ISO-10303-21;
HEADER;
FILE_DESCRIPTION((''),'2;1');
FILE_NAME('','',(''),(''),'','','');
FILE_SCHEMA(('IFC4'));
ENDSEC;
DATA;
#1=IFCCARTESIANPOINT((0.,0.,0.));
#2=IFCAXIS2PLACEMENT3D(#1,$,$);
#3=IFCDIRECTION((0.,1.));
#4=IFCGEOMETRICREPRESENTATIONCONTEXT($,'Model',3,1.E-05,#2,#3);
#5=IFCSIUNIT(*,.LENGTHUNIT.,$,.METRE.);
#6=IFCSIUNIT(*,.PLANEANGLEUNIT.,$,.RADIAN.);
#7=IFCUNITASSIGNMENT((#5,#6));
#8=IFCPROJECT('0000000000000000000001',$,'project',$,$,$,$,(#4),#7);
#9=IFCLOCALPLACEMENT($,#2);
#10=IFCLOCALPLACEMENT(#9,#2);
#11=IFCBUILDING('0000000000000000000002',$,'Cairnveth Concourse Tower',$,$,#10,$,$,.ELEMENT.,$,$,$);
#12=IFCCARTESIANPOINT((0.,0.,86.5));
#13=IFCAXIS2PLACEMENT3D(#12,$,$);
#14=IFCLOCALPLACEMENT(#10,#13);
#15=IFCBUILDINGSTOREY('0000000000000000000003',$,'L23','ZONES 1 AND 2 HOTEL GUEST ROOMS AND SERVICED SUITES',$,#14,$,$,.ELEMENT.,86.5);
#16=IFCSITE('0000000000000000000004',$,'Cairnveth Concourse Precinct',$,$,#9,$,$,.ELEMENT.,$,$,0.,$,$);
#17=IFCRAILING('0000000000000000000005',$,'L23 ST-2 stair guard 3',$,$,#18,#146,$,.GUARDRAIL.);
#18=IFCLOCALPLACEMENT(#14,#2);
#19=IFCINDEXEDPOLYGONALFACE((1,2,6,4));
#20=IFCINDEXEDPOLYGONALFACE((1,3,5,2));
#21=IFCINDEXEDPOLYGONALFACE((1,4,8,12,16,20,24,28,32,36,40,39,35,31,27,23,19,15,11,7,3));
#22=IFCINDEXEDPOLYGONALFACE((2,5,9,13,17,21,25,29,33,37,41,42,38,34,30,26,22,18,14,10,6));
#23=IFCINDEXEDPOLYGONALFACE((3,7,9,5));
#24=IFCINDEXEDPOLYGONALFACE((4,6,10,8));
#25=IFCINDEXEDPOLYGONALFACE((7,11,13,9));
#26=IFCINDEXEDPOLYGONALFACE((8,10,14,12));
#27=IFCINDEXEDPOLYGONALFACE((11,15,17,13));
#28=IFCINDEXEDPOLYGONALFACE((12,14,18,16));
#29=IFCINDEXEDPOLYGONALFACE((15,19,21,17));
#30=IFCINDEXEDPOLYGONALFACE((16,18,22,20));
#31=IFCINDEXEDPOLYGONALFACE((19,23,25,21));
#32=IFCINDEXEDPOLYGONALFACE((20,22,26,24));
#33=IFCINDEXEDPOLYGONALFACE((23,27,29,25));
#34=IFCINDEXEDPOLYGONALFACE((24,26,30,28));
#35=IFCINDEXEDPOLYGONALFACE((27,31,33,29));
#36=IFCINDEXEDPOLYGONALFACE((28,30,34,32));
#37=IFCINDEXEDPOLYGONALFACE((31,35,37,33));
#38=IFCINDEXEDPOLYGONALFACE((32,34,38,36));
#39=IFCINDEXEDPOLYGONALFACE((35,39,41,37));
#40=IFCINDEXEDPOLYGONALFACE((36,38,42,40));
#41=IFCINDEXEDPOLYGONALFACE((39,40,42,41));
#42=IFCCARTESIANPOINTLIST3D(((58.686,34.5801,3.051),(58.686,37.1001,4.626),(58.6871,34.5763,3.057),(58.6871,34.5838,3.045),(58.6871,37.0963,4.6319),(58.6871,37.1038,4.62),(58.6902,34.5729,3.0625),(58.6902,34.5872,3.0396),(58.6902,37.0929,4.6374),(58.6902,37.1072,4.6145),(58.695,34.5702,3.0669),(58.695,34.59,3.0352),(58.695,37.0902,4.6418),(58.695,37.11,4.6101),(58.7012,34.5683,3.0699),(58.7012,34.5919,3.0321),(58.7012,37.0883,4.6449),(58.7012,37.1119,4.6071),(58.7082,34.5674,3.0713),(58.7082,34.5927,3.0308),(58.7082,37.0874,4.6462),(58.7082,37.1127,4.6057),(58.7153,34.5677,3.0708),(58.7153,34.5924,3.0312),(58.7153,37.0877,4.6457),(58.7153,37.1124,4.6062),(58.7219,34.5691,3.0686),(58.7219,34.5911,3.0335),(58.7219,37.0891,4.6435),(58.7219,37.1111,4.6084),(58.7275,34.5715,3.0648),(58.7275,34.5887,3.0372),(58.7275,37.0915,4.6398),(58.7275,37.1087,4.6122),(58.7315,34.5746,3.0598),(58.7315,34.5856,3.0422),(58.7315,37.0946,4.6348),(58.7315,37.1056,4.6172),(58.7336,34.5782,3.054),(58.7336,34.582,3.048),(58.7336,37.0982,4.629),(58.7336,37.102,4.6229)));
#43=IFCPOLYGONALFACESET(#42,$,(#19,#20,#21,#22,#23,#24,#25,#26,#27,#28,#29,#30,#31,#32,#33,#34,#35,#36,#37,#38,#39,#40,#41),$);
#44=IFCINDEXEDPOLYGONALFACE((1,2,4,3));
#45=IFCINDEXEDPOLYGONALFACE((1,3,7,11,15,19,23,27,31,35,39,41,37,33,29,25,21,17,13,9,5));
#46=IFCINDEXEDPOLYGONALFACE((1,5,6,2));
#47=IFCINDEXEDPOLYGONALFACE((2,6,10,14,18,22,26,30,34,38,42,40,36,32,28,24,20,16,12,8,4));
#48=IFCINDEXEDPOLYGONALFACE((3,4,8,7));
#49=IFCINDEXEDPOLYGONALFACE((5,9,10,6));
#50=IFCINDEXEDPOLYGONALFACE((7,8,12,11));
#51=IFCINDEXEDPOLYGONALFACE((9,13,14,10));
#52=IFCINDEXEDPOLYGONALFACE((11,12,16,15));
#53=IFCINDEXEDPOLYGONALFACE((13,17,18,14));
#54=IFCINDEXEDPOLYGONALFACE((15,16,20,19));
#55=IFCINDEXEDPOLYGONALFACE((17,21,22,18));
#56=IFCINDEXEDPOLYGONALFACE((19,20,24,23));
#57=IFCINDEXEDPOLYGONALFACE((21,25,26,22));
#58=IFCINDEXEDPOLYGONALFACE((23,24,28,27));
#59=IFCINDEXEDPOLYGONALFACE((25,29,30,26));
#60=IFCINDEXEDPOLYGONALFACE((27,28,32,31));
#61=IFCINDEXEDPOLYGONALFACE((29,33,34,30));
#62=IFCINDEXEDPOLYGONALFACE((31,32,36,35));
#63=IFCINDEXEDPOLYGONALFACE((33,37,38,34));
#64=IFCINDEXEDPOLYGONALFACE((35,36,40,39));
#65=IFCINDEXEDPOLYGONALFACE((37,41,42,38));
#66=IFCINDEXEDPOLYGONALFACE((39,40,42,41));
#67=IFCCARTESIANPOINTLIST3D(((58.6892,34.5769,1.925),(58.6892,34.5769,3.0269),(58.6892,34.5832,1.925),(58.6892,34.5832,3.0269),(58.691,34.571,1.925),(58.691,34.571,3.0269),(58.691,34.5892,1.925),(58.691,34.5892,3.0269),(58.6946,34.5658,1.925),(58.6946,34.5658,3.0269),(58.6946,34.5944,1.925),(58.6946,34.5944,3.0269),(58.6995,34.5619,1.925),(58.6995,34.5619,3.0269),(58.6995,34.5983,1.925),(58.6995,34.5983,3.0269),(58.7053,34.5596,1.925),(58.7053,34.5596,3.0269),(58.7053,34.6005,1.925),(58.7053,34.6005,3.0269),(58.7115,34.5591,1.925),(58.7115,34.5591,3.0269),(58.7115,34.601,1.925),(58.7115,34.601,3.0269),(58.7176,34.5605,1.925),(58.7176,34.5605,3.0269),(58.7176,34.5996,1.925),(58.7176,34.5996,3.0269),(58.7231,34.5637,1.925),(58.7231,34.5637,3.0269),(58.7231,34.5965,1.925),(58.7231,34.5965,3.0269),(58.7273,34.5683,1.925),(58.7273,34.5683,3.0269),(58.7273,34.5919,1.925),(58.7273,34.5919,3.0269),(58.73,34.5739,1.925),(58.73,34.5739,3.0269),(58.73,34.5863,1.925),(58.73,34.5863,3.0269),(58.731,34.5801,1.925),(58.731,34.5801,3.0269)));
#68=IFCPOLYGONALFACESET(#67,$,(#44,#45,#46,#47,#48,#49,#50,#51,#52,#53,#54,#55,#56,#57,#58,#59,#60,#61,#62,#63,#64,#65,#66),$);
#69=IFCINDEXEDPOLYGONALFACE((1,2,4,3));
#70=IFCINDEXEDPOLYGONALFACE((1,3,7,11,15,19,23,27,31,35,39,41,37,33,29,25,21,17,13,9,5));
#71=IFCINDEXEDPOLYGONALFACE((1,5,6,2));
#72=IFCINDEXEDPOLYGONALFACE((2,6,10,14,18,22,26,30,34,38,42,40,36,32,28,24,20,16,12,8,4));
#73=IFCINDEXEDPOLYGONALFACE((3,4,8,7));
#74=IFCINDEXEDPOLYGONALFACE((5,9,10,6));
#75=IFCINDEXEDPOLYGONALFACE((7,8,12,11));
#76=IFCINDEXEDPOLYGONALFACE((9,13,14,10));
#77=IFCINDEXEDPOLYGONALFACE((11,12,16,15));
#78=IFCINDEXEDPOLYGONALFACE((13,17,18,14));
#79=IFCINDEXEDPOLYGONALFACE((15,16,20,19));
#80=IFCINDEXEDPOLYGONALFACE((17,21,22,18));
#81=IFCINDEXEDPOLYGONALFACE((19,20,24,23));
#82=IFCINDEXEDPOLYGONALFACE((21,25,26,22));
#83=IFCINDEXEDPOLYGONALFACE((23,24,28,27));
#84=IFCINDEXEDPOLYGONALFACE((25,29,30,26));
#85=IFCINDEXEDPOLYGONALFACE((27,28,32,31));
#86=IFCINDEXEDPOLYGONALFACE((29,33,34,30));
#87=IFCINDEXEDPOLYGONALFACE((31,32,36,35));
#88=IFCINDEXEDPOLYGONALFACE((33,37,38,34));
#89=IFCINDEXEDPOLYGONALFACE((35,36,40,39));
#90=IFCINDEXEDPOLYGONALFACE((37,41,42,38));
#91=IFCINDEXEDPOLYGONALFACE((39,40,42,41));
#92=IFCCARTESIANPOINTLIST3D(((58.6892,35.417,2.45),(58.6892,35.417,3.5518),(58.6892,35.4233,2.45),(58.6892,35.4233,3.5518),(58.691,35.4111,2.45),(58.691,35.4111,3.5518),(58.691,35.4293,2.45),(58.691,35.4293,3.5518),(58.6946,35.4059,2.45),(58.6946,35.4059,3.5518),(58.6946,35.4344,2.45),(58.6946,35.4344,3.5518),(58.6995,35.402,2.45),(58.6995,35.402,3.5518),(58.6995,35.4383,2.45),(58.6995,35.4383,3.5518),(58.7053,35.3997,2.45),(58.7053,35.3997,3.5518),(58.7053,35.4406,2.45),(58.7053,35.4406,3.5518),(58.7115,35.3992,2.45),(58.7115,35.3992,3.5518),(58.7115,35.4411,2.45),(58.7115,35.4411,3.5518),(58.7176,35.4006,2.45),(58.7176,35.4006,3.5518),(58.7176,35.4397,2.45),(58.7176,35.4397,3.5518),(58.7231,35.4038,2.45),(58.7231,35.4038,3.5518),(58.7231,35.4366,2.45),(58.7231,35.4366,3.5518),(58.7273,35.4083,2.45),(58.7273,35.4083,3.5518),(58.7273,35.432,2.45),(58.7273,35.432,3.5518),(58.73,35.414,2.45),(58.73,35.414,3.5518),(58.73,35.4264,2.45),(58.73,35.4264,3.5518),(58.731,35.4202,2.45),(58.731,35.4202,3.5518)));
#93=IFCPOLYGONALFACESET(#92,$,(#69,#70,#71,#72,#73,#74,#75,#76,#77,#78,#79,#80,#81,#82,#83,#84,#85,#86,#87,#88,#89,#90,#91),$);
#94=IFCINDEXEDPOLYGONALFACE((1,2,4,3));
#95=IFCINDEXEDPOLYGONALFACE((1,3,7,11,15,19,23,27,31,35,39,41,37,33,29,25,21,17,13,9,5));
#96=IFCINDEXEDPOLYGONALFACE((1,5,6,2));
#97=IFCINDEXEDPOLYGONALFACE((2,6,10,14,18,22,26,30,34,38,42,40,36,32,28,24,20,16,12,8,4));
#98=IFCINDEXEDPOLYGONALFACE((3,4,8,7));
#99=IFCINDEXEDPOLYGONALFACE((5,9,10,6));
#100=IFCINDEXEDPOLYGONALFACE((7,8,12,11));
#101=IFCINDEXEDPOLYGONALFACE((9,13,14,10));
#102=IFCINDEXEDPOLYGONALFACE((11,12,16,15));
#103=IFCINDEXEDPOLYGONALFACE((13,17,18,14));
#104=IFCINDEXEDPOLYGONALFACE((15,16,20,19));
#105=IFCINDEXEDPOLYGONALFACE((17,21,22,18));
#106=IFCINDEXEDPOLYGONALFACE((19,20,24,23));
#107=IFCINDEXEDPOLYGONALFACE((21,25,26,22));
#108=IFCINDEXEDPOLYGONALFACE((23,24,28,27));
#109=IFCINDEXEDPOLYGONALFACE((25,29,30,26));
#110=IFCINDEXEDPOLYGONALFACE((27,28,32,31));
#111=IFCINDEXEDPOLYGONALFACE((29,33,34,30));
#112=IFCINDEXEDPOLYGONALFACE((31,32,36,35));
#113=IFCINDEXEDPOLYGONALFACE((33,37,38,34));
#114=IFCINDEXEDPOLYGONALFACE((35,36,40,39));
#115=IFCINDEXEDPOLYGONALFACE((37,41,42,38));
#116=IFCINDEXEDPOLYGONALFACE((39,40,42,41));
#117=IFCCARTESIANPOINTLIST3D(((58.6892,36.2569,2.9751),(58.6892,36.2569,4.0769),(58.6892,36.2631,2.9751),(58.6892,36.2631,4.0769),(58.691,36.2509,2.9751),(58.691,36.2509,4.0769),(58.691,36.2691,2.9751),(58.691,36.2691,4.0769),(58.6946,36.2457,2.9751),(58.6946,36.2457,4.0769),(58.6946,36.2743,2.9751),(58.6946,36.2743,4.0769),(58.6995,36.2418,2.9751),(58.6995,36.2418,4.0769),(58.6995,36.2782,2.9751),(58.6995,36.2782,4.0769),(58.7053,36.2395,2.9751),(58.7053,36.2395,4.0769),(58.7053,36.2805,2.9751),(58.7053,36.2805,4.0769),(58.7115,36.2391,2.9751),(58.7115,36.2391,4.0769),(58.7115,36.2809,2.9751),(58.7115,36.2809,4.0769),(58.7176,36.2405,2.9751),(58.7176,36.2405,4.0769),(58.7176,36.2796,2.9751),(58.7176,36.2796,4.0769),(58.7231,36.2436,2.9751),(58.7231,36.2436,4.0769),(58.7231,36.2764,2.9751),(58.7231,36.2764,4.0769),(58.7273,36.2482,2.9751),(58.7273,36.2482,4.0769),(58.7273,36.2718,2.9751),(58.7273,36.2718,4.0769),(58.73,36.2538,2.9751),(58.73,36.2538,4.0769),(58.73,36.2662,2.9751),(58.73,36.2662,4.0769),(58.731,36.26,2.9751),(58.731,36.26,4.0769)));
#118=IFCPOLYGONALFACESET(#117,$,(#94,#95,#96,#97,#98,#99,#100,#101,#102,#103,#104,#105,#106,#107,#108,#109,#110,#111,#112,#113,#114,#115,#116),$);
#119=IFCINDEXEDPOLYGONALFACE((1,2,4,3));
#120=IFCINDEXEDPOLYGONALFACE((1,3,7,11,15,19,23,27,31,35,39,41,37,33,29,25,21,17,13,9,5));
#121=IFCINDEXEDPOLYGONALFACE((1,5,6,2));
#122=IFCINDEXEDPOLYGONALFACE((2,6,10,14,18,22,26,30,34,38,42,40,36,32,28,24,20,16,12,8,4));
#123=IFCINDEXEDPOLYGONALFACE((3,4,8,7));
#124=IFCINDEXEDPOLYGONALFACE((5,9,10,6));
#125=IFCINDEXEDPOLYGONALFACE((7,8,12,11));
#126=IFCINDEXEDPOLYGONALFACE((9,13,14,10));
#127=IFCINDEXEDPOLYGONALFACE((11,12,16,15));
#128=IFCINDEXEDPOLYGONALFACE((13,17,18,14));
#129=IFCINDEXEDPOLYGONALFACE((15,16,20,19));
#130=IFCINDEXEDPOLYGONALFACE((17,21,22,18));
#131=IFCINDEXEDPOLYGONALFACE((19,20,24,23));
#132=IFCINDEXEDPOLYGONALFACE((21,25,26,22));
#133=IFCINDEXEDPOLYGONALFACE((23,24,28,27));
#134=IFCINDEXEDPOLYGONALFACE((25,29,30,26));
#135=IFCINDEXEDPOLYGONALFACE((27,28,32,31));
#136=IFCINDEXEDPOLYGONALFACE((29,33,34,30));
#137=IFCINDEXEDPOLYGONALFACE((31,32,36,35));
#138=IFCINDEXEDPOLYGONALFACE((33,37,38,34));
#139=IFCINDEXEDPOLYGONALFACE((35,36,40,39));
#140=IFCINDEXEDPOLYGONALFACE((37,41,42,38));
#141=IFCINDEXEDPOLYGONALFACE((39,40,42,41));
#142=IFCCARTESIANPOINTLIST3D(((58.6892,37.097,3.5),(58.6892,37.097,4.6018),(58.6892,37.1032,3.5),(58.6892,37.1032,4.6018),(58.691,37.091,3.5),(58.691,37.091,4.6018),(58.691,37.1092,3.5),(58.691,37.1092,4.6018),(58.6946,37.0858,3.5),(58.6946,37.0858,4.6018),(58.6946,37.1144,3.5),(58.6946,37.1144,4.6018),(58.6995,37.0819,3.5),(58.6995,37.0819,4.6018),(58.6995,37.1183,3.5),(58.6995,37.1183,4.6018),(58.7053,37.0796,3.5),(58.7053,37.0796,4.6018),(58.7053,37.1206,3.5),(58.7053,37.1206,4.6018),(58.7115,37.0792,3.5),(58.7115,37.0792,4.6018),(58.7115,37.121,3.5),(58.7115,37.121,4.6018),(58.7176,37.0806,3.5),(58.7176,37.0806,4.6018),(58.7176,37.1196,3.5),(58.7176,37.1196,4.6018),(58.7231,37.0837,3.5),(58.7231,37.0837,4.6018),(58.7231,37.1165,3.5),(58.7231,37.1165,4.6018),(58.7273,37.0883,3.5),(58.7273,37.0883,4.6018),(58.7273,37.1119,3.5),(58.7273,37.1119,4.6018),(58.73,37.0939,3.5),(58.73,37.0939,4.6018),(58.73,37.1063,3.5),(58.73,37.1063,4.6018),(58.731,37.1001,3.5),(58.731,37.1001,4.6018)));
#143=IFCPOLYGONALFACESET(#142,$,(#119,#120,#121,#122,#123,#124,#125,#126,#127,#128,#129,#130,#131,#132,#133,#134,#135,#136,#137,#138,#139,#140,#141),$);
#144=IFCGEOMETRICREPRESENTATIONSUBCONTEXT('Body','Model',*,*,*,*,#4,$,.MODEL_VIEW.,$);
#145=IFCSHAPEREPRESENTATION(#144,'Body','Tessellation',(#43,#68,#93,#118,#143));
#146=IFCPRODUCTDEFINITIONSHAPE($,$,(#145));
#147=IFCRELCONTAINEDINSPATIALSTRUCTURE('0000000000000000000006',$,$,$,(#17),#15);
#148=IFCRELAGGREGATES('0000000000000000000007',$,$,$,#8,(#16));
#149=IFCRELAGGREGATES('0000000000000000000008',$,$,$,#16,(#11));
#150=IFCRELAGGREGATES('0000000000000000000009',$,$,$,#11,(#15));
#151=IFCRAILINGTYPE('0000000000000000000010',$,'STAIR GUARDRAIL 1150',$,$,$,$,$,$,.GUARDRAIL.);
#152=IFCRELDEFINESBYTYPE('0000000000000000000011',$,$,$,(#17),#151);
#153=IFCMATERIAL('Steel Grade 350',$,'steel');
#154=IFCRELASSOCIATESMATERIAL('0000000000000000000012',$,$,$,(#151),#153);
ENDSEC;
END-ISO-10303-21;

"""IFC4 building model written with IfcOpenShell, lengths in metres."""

from ifc_helpers import new_model, si_unit, direction, frame, origin, origin_2d, place, context, subcontext, project, spatial, circle, extrude, material, type_object, element, save


model = new_model("IFC4")

# Units and contexts
model_context = context("Model", 3, precision=1e-05, world=origin(), true_north=direction((0.0, 1.0)))
body_context = subcontext(model_context, "Body", "Model", "MODEL_VIEW")
ifc_project = project(units=[si_unit("LENGTHUNIT", "METRE"), si_unit("PLANEANGLEUNIT", "RADIAN")], contexts=[model_context])

# Site, building, storey
site_placement = place(None, origin())
site = spatial("IfcSite", under=ifc_project, at=site_placement, Name="Cairnveth Concourse Precinct", CompositionType="ELEMENT", RefElevation=0.0)
building_placement = place(site_placement, origin())
building = spatial("IfcBuilding", under=site, at=building_placement, Name="Cairnveth Concourse Tower", CompositionType="ELEMENT")
storey_placement = place(building_placement, frame((0.0, 0.0, 86.5)))
storey = spatial("IfcBuildingStorey", under=building, at=storey_placement, Name="L23", Description="ZONES 1 AND 2 HOTEL GUEST ROOMS AND SERVICED SUITES", CompositionType="ELEMENT", Elevation=86.5)

# Shared definitions
ifc_material_1 = material(Name="Steel Grade 350", Category="steel")

# Railing
railing_type_1 = type_object("IfcRailingType", Name="STAIR GUARDRAIL 1150", PredefinedType="GUARDRAIL", material=ifc_material_1)
railing_1_placement = place(storey_placement, frame((58.71, 34.5801, 1.925)))
element("IfcRailing", 1, at=railing_1_placement, inside=storey, type_object=railing_type_1, Name="L23 ST-2 stair guard 3", PredefinedType="GUARDRAIL", context=body_context, shape_type="SweptSolid", body=[
    extrude(circle(Radius=0.0239, at=origin_2d()), frame((0.0, 0.0, 1.126), z_axis=(0.0, 0.848008, 0.529984), x_axis=(-1.0, 0.0, 0.0)), (0.0, 0.0, 1.0), 2.9717),
    extrude(circle(Radius=0.021, at=origin_2d()), origin(), (0.0, 0.0, 1.0), 1.1018),
    extrude(circle(Radius=0.021, at=origin_2d()), frame((0.0, 0.8401, 0.5249)), (0.0, 0.0, 1.0), 1.1018),
    extrude(circle(Radius=0.021, at=origin_2d()), frame((0.0, 1.6799, 1.05)), (0.0, 0.0, 1.0), 1.1018),
    extrude(circle(Radius=0.021, at=origin_2d()), frame((0.0, 2.52, 1.575)), (0.0, 0.0, 1.0), 1.1018),
])

save(model, "model.ifc")
